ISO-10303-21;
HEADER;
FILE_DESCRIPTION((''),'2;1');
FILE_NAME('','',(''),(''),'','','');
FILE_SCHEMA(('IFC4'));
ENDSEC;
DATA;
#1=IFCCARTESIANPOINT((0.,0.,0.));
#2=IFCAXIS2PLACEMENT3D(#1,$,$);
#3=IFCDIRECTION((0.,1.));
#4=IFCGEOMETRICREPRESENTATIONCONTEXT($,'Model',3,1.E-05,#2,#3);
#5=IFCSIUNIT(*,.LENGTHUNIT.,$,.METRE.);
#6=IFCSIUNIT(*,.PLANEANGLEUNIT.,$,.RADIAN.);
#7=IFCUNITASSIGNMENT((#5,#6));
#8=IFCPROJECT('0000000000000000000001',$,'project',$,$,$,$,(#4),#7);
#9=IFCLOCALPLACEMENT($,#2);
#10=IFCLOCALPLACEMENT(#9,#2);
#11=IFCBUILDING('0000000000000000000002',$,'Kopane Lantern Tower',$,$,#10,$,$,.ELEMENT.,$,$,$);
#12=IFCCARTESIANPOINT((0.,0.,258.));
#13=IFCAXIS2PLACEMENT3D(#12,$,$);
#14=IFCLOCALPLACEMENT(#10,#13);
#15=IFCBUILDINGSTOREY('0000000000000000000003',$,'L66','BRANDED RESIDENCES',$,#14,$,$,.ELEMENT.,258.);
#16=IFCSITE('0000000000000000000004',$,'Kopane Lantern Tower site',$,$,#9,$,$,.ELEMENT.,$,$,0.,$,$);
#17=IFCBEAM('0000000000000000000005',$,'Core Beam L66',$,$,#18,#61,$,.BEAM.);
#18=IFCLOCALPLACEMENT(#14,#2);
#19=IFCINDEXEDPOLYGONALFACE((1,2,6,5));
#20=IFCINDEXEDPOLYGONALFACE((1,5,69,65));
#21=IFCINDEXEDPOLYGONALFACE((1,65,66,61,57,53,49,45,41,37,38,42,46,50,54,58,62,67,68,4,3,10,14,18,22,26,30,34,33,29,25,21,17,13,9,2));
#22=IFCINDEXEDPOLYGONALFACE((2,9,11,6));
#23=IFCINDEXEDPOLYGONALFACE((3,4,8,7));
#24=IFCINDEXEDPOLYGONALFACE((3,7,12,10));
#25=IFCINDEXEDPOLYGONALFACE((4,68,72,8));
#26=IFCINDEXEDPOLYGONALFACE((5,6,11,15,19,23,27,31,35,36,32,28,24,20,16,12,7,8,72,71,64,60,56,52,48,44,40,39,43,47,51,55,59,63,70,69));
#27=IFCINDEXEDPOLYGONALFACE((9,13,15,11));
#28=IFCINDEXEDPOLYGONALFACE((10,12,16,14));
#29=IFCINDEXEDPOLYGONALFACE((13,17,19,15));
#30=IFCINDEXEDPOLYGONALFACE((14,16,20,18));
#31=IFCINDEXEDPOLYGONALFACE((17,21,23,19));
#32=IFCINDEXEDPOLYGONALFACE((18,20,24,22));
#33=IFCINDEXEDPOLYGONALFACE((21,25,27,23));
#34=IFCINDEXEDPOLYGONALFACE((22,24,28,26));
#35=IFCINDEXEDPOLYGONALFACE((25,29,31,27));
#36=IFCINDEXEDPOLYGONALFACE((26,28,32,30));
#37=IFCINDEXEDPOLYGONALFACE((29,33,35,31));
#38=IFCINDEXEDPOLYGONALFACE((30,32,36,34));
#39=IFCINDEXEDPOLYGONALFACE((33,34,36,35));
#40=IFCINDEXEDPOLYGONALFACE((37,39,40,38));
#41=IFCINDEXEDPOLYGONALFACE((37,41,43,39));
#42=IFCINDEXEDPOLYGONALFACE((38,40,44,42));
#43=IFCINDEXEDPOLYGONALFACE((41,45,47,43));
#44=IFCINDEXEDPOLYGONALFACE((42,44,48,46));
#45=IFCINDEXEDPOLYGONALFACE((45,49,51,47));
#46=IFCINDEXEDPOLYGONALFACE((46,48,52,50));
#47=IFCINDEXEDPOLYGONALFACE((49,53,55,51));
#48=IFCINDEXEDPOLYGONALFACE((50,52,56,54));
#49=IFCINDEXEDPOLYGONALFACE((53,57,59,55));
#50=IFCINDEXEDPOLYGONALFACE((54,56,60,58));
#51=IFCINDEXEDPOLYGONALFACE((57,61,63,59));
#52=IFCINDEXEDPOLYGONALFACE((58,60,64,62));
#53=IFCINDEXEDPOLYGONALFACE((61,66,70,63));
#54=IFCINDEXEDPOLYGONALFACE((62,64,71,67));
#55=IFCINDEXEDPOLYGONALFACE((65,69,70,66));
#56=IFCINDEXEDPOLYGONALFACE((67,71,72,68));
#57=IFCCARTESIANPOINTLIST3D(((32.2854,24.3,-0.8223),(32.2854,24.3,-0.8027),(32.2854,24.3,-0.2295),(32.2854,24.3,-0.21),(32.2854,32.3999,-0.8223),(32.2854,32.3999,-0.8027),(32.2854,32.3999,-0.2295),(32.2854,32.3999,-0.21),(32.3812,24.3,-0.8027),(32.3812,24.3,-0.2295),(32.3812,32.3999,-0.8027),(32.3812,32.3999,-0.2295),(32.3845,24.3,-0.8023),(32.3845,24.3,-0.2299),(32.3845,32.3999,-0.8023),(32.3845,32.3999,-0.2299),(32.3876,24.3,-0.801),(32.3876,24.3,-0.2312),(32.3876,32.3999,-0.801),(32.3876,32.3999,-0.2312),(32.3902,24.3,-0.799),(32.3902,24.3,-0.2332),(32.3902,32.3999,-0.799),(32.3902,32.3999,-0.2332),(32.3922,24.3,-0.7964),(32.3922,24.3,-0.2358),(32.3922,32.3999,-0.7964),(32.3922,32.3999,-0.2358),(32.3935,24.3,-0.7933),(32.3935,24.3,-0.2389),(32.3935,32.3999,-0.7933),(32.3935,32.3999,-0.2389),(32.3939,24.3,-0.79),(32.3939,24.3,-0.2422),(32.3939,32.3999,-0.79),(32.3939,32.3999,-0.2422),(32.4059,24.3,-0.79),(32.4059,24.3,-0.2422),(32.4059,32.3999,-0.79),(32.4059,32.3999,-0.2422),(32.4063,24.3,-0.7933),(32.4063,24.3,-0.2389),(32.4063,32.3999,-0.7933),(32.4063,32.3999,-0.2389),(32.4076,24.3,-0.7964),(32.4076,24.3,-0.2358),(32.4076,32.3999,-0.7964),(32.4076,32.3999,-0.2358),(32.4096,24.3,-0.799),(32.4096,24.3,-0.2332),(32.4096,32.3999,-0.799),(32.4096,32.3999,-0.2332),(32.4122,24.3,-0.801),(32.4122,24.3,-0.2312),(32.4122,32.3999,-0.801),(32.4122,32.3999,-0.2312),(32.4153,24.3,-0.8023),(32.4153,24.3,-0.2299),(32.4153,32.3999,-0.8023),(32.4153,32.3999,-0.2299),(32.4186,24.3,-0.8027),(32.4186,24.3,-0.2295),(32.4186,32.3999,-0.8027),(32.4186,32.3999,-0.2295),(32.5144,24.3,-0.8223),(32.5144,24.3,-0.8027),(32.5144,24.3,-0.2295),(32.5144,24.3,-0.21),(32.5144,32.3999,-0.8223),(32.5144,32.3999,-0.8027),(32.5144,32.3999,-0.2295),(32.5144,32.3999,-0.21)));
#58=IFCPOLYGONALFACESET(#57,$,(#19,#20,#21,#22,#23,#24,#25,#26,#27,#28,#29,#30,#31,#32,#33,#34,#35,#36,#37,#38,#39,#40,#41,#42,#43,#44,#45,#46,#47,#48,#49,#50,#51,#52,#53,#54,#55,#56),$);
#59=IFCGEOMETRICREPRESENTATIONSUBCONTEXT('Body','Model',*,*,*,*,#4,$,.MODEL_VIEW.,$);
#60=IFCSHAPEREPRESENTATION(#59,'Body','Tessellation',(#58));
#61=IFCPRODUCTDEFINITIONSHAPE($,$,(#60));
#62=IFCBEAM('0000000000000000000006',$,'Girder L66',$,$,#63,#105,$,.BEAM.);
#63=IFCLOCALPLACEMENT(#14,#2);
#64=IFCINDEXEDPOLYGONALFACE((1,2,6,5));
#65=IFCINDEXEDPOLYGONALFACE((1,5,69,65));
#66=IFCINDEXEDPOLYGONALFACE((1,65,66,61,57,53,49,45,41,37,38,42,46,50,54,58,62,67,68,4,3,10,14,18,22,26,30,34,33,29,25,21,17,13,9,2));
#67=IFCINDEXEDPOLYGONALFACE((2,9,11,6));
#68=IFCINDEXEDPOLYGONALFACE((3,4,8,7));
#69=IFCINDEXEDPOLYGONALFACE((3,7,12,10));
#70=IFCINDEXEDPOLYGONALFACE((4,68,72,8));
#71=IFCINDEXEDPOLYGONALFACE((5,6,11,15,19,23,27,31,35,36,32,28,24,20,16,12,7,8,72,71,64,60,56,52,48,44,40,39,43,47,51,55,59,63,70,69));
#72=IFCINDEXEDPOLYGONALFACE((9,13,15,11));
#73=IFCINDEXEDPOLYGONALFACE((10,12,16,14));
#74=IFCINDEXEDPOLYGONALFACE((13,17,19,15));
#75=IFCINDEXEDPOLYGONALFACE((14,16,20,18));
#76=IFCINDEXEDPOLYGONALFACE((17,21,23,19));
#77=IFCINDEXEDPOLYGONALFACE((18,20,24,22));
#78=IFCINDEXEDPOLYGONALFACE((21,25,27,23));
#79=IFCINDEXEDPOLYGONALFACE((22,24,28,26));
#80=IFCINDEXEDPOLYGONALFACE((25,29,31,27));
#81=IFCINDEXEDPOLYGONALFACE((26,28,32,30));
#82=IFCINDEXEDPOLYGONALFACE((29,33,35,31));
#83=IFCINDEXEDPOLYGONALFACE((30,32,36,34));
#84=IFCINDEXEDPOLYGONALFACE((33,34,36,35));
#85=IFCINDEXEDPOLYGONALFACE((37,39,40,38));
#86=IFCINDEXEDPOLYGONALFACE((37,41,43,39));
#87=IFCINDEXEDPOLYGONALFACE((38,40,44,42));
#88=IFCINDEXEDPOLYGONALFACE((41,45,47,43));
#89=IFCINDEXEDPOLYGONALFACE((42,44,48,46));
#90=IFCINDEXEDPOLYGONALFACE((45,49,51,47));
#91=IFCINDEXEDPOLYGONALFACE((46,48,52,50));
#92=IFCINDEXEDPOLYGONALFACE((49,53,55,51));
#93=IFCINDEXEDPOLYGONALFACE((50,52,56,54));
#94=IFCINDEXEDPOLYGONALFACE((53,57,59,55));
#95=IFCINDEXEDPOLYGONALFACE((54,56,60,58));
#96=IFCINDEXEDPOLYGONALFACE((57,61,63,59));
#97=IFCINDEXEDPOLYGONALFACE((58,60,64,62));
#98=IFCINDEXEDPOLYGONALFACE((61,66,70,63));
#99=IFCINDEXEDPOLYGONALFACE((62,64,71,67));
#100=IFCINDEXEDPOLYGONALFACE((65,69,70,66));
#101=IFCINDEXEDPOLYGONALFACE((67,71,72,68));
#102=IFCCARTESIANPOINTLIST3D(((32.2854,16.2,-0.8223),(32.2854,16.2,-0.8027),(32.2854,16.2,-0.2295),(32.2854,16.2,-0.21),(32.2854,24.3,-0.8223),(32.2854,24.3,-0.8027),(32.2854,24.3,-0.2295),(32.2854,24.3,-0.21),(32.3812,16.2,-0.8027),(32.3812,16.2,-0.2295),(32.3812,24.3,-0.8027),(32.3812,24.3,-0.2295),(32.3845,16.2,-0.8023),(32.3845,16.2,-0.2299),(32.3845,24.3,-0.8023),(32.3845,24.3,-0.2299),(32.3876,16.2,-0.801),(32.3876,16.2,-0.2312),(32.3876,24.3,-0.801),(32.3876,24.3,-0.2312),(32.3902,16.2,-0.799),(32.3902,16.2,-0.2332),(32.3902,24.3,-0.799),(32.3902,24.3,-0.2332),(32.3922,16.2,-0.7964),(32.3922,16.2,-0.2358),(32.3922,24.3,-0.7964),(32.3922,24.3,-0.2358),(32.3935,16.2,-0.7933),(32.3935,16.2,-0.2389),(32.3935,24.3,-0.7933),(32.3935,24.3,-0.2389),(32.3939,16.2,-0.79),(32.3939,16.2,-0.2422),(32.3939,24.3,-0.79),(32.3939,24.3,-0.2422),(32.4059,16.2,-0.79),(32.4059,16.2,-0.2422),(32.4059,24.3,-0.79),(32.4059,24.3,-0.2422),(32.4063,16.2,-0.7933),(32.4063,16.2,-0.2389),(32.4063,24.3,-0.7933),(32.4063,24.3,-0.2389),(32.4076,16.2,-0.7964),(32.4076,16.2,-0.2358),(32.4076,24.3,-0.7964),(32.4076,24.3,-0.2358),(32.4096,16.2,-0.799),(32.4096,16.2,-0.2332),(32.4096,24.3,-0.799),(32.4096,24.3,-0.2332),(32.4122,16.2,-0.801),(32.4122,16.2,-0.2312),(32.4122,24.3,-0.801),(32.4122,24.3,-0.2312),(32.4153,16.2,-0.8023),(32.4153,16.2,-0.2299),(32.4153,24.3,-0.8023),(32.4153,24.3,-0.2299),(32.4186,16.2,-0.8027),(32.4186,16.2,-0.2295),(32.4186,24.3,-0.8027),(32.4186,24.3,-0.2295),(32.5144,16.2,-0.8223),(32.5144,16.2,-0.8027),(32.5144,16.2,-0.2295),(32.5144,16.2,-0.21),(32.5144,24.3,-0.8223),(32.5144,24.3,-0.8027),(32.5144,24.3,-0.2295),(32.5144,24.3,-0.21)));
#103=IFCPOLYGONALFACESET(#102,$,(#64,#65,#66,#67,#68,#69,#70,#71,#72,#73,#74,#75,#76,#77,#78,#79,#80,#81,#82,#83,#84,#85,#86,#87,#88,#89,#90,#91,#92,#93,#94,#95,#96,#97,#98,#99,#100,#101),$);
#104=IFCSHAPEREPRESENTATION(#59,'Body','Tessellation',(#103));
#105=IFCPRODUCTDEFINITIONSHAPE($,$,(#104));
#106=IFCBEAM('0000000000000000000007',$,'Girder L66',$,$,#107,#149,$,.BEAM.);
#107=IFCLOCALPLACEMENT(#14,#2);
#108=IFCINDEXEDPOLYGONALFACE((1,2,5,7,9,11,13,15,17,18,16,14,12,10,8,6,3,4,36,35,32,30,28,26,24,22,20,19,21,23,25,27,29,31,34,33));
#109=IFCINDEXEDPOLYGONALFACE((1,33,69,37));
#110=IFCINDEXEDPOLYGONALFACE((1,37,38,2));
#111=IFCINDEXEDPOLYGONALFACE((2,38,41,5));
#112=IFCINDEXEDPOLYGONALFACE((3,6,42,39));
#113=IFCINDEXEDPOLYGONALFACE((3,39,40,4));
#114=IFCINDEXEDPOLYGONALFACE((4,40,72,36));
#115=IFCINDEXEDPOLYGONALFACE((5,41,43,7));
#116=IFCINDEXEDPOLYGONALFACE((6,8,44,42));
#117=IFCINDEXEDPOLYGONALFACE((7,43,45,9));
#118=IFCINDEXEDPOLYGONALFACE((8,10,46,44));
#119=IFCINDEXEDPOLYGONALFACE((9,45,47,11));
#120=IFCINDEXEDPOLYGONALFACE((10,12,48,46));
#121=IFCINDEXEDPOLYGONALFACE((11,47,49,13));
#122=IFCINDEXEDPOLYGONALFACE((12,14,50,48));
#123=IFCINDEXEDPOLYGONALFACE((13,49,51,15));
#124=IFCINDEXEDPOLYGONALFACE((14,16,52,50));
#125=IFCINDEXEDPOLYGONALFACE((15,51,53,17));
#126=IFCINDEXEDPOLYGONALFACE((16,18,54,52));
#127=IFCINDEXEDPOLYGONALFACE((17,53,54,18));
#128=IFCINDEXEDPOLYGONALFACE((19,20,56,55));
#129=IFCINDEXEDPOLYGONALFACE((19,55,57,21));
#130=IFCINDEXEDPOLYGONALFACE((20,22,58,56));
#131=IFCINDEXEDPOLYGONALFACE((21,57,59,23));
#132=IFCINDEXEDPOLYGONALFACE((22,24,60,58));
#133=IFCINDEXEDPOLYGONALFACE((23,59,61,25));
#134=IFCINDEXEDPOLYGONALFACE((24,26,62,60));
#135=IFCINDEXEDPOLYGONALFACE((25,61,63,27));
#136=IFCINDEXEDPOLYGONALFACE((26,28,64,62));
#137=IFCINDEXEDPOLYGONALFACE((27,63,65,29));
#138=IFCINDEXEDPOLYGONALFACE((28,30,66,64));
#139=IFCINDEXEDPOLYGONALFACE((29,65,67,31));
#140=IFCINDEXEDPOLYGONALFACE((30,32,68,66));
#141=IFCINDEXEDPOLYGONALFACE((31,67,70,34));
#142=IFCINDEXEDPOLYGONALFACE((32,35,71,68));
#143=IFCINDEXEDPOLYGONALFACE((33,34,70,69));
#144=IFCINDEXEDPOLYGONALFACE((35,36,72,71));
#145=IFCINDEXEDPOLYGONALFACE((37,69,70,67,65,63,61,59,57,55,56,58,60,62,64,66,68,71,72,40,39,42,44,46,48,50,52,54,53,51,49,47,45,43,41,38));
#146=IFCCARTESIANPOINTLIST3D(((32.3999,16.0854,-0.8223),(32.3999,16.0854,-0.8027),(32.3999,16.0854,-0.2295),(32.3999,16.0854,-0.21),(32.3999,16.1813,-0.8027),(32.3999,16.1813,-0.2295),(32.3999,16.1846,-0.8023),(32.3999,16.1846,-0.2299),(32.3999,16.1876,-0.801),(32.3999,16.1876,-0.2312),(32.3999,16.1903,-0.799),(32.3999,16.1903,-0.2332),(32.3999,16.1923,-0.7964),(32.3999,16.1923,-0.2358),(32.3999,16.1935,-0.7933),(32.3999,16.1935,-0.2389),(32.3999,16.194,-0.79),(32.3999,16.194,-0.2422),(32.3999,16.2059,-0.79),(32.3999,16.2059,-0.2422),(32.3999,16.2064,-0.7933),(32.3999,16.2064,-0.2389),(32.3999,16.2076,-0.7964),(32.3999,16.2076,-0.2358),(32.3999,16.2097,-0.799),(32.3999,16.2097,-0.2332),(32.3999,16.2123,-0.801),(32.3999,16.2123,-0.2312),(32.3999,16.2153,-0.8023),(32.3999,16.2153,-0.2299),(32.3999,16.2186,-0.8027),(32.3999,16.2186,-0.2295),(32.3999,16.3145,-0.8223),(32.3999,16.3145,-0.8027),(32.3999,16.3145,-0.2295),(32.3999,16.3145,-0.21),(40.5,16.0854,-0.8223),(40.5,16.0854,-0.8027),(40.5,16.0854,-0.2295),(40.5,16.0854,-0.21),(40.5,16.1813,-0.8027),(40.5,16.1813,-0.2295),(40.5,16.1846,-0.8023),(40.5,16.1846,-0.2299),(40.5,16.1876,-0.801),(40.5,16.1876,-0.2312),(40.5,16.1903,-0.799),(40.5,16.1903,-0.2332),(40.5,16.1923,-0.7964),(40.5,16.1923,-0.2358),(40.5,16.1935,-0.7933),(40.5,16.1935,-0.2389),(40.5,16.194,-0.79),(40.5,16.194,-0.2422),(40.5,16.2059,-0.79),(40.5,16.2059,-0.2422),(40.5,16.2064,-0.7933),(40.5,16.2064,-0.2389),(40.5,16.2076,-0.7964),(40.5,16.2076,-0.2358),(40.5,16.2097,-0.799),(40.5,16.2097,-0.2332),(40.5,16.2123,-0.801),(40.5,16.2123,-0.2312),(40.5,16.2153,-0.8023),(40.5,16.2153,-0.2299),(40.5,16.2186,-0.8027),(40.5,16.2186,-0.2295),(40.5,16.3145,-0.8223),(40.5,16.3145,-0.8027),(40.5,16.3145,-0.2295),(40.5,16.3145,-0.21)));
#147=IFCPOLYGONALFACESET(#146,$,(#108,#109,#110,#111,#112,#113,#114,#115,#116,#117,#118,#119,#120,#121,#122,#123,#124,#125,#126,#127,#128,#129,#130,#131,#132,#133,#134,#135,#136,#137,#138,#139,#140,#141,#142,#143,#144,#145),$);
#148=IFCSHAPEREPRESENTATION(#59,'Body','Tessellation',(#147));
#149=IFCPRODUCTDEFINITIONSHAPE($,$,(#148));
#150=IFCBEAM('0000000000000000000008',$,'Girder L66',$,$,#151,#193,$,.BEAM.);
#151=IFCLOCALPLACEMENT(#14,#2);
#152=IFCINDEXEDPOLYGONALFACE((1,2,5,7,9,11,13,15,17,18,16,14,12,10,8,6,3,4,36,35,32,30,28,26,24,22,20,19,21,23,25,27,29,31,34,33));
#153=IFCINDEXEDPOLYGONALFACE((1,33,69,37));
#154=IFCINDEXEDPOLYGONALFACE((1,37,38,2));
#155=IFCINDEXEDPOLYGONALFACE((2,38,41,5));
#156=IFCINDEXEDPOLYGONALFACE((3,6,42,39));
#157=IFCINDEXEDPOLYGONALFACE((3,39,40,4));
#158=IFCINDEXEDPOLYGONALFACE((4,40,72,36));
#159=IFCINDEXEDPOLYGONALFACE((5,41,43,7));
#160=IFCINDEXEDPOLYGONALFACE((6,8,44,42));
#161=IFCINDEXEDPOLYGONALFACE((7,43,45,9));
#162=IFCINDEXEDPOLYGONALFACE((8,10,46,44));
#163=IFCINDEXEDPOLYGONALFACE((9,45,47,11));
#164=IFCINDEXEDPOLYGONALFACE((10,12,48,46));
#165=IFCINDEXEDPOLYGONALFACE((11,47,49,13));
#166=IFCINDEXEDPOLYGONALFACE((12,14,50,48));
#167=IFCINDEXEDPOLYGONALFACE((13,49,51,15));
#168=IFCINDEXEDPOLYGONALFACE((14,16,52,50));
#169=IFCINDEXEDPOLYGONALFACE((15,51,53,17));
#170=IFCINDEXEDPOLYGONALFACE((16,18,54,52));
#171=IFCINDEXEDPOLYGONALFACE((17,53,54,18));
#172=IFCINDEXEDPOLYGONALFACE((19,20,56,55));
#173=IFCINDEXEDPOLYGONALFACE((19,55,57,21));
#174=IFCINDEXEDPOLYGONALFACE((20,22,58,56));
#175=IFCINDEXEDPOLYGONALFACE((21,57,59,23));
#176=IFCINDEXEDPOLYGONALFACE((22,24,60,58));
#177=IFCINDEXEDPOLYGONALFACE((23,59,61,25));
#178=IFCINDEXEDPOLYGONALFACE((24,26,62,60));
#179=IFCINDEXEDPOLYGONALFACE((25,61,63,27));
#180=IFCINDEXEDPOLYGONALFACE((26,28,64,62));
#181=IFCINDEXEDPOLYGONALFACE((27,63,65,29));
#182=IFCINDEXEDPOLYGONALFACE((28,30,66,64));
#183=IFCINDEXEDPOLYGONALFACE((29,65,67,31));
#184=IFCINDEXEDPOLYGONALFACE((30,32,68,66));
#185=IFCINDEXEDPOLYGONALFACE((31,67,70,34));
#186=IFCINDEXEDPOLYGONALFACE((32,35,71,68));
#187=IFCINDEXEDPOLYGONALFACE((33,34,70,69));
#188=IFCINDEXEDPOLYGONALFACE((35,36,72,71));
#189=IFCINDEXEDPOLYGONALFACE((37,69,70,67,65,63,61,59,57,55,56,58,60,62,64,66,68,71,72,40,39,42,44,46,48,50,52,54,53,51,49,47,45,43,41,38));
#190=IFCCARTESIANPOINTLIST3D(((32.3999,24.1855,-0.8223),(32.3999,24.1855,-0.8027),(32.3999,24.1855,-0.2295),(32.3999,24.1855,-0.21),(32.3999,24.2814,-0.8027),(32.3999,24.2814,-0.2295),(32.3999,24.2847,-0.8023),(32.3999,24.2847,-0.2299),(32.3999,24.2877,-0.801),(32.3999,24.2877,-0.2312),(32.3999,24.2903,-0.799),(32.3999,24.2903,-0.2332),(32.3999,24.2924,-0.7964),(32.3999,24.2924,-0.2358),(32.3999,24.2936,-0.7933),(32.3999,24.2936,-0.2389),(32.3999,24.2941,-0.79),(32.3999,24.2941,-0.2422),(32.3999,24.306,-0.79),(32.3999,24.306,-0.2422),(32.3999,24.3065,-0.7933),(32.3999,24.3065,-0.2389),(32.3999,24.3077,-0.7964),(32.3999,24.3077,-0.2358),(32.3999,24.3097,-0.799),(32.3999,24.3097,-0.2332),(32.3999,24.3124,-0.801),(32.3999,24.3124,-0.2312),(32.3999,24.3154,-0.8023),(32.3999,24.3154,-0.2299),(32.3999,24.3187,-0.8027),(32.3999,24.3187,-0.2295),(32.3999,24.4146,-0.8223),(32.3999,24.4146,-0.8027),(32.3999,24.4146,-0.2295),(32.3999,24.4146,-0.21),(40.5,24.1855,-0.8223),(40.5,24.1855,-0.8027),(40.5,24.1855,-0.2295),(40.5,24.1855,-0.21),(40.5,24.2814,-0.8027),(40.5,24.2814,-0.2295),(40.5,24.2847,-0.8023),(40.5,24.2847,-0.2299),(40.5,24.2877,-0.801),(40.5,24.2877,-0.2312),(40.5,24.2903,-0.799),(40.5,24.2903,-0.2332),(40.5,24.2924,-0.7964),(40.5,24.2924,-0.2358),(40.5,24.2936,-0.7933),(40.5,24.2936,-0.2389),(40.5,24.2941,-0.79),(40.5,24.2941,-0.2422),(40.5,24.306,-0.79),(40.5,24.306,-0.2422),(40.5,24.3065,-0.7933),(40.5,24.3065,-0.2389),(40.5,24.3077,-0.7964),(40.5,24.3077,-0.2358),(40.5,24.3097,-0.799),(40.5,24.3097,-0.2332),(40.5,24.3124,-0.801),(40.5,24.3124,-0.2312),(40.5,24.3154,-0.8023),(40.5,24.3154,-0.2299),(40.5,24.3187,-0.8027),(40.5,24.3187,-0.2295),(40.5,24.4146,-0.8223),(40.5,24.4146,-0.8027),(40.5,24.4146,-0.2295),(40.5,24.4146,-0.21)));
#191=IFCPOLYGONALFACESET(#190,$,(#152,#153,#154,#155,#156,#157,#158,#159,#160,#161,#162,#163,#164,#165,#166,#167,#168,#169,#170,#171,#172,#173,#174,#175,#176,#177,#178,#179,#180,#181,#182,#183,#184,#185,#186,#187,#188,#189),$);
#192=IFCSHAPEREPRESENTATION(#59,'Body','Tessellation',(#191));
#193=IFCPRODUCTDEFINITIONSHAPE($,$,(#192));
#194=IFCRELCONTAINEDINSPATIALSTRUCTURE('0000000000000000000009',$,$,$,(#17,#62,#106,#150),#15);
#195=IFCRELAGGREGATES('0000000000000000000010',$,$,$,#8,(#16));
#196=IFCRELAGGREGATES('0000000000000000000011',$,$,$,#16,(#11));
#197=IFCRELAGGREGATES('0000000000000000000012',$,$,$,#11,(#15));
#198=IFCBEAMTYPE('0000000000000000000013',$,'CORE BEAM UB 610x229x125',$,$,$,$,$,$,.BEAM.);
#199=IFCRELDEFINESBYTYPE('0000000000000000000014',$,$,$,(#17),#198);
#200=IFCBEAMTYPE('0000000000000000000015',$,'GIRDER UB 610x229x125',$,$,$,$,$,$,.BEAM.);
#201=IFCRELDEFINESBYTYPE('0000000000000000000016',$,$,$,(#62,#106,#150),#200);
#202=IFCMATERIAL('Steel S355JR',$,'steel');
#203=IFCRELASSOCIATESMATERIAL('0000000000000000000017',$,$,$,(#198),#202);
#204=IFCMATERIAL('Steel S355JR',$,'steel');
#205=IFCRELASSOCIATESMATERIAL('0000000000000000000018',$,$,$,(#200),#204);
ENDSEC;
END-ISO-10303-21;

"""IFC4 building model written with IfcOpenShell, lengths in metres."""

from ifc_helpers import new_model, si_unit, direction, frame, origin, origin_2d, place, context, subcontext, project, spatial, i_section, extrude, material, material_profile, profile_set, type_object, element, save


model = new_model("IFC4")

# Units and contexts
model_context = context("Model", 3, precision=1e-05, world=origin(), true_north=direction((0.0, 1.0)))
body_context = subcontext(model_context, "Body", "Model", "MODEL_VIEW")
ifc_project = project(units=[si_unit("LENGTHUNIT", "METRE"), si_unit("PLANEANGLEUNIT", "RADIAN")], contexts=[model_context])

# Site, building, storey
site_placement = place(None, origin())
site = spatial("IfcSite", under=ifc_project, at=site_placement, Name="Kopane Lantern Tower site", CompositionType="ELEMENT", RefElevation=0.0)
building_placement = place(site_placement, origin())
building = spatial("IfcBuilding", under=site, at=building_placement, Name="Kopane Lantern Tower", CompositionType="ELEMENT")
storey_placement = place(building_placement, frame((0.0, 0.0, 258.0)))
storey = spatial("IfcBuildingStorey", under=building, at=storey_placement, Name="L66", Description="BRANDED RESIDENCES", CompositionType="ELEMENT", Elevation=258.0)

# Beams
ifc_material_1 = material(Name="Steel S355JR", Category="steel")
ifc_material_profile_1 = material_profile(ifc_material_1, i_section(OverallWidth=0.229, OverallDepth=0.6123, WebThickness=0.012, FlangeThickness=0.0195, FilletRadius=0.0127, at=origin_2d()), Name="UB 610x229x125")
ifc_profile_set_1 = profile_set([ifc_material_profile_1], Name="Steel S355JR")
beam_type_1 = type_object("IfcBeamType", Name="CORE BEAM UB 610x229x125", PredefinedType="BEAM", material=ifc_profile_set_1)
beam_1_placement = place(storey_placement, frame((32.3999, 24.3, -0.5161), z_axis=(0.0, 1.0, 0.0), x_axis=(-1.0, 0.0, 0.0)))
element("IfcBeam", 1, at=beam_1_placement, inside=storey, type_object=beam_type_1, Name="Core Beam L66", PredefinedType="BEAM", context=body_context, shape_type="SweptSolid", body=[
    extrude(i_section(OverallWidth=0.229, OverallDepth=0.6123, WebThickness=0.012, FlangeThickness=0.0195, FilletRadius=0.0127, at=origin_2d()), origin(), (0.0, 0.0, 1.0), 8.0999),
])
ifc_material_2 = material(Name="Steel S355JR", Category="steel")
ifc_material_profile_2 = material_profile(ifc_material_2, i_section(OverallWidth=0.229, OverallDepth=0.6123, WebThickness=0.012, FlangeThickness=0.0195, FilletRadius=0.0127, at=origin_2d()), Name="UB 610x229x125")
ifc_profile_set_2 = profile_set([ifc_material_profile_2], Name="Steel S355JR")
beam_type_2 = type_object("IfcBeamType", Name="GIRDER UB 610x229x125", PredefinedType="BEAM", material=ifc_profile_set_2)
for number, where, z_axis, x_axis, name in (
    (2, (32.3999, 16.2, -0.5161), (0.0, 1.0, 0.0), (-1.0, 0.0, 0.0), "Girder L66"),
    (3, (32.3999, 16.2, -0.5161), (1.0, 0.0, 0.0), (0.0, 1.0, 0.0), "Girder L66"),
    (4, (32.3999, 24.3, -0.5161), (1.0, 0.0, 0.0), (0.0, 1.0, 0.0), "Girder L66"),
):
    element("IfcBeam", number, at=place(storey_placement, frame(where, z_axis=z_axis, x_axis=x_axis)), inside=storey, type_object=beam_type_2, Name=name, PredefinedType="BEAM", context=body_context, shape_type="SweptSolid", body=[
        extrude(i_section(OverallWidth=0.229, OverallDepth=0.6123, WebThickness=0.012, FlangeThickness=0.0195, FilletRadius=0.0127, at=origin_2d()), origin(), (0.0, 0.0, 1.0), 8.1001),
    ])

save(model, "model.ifc")
